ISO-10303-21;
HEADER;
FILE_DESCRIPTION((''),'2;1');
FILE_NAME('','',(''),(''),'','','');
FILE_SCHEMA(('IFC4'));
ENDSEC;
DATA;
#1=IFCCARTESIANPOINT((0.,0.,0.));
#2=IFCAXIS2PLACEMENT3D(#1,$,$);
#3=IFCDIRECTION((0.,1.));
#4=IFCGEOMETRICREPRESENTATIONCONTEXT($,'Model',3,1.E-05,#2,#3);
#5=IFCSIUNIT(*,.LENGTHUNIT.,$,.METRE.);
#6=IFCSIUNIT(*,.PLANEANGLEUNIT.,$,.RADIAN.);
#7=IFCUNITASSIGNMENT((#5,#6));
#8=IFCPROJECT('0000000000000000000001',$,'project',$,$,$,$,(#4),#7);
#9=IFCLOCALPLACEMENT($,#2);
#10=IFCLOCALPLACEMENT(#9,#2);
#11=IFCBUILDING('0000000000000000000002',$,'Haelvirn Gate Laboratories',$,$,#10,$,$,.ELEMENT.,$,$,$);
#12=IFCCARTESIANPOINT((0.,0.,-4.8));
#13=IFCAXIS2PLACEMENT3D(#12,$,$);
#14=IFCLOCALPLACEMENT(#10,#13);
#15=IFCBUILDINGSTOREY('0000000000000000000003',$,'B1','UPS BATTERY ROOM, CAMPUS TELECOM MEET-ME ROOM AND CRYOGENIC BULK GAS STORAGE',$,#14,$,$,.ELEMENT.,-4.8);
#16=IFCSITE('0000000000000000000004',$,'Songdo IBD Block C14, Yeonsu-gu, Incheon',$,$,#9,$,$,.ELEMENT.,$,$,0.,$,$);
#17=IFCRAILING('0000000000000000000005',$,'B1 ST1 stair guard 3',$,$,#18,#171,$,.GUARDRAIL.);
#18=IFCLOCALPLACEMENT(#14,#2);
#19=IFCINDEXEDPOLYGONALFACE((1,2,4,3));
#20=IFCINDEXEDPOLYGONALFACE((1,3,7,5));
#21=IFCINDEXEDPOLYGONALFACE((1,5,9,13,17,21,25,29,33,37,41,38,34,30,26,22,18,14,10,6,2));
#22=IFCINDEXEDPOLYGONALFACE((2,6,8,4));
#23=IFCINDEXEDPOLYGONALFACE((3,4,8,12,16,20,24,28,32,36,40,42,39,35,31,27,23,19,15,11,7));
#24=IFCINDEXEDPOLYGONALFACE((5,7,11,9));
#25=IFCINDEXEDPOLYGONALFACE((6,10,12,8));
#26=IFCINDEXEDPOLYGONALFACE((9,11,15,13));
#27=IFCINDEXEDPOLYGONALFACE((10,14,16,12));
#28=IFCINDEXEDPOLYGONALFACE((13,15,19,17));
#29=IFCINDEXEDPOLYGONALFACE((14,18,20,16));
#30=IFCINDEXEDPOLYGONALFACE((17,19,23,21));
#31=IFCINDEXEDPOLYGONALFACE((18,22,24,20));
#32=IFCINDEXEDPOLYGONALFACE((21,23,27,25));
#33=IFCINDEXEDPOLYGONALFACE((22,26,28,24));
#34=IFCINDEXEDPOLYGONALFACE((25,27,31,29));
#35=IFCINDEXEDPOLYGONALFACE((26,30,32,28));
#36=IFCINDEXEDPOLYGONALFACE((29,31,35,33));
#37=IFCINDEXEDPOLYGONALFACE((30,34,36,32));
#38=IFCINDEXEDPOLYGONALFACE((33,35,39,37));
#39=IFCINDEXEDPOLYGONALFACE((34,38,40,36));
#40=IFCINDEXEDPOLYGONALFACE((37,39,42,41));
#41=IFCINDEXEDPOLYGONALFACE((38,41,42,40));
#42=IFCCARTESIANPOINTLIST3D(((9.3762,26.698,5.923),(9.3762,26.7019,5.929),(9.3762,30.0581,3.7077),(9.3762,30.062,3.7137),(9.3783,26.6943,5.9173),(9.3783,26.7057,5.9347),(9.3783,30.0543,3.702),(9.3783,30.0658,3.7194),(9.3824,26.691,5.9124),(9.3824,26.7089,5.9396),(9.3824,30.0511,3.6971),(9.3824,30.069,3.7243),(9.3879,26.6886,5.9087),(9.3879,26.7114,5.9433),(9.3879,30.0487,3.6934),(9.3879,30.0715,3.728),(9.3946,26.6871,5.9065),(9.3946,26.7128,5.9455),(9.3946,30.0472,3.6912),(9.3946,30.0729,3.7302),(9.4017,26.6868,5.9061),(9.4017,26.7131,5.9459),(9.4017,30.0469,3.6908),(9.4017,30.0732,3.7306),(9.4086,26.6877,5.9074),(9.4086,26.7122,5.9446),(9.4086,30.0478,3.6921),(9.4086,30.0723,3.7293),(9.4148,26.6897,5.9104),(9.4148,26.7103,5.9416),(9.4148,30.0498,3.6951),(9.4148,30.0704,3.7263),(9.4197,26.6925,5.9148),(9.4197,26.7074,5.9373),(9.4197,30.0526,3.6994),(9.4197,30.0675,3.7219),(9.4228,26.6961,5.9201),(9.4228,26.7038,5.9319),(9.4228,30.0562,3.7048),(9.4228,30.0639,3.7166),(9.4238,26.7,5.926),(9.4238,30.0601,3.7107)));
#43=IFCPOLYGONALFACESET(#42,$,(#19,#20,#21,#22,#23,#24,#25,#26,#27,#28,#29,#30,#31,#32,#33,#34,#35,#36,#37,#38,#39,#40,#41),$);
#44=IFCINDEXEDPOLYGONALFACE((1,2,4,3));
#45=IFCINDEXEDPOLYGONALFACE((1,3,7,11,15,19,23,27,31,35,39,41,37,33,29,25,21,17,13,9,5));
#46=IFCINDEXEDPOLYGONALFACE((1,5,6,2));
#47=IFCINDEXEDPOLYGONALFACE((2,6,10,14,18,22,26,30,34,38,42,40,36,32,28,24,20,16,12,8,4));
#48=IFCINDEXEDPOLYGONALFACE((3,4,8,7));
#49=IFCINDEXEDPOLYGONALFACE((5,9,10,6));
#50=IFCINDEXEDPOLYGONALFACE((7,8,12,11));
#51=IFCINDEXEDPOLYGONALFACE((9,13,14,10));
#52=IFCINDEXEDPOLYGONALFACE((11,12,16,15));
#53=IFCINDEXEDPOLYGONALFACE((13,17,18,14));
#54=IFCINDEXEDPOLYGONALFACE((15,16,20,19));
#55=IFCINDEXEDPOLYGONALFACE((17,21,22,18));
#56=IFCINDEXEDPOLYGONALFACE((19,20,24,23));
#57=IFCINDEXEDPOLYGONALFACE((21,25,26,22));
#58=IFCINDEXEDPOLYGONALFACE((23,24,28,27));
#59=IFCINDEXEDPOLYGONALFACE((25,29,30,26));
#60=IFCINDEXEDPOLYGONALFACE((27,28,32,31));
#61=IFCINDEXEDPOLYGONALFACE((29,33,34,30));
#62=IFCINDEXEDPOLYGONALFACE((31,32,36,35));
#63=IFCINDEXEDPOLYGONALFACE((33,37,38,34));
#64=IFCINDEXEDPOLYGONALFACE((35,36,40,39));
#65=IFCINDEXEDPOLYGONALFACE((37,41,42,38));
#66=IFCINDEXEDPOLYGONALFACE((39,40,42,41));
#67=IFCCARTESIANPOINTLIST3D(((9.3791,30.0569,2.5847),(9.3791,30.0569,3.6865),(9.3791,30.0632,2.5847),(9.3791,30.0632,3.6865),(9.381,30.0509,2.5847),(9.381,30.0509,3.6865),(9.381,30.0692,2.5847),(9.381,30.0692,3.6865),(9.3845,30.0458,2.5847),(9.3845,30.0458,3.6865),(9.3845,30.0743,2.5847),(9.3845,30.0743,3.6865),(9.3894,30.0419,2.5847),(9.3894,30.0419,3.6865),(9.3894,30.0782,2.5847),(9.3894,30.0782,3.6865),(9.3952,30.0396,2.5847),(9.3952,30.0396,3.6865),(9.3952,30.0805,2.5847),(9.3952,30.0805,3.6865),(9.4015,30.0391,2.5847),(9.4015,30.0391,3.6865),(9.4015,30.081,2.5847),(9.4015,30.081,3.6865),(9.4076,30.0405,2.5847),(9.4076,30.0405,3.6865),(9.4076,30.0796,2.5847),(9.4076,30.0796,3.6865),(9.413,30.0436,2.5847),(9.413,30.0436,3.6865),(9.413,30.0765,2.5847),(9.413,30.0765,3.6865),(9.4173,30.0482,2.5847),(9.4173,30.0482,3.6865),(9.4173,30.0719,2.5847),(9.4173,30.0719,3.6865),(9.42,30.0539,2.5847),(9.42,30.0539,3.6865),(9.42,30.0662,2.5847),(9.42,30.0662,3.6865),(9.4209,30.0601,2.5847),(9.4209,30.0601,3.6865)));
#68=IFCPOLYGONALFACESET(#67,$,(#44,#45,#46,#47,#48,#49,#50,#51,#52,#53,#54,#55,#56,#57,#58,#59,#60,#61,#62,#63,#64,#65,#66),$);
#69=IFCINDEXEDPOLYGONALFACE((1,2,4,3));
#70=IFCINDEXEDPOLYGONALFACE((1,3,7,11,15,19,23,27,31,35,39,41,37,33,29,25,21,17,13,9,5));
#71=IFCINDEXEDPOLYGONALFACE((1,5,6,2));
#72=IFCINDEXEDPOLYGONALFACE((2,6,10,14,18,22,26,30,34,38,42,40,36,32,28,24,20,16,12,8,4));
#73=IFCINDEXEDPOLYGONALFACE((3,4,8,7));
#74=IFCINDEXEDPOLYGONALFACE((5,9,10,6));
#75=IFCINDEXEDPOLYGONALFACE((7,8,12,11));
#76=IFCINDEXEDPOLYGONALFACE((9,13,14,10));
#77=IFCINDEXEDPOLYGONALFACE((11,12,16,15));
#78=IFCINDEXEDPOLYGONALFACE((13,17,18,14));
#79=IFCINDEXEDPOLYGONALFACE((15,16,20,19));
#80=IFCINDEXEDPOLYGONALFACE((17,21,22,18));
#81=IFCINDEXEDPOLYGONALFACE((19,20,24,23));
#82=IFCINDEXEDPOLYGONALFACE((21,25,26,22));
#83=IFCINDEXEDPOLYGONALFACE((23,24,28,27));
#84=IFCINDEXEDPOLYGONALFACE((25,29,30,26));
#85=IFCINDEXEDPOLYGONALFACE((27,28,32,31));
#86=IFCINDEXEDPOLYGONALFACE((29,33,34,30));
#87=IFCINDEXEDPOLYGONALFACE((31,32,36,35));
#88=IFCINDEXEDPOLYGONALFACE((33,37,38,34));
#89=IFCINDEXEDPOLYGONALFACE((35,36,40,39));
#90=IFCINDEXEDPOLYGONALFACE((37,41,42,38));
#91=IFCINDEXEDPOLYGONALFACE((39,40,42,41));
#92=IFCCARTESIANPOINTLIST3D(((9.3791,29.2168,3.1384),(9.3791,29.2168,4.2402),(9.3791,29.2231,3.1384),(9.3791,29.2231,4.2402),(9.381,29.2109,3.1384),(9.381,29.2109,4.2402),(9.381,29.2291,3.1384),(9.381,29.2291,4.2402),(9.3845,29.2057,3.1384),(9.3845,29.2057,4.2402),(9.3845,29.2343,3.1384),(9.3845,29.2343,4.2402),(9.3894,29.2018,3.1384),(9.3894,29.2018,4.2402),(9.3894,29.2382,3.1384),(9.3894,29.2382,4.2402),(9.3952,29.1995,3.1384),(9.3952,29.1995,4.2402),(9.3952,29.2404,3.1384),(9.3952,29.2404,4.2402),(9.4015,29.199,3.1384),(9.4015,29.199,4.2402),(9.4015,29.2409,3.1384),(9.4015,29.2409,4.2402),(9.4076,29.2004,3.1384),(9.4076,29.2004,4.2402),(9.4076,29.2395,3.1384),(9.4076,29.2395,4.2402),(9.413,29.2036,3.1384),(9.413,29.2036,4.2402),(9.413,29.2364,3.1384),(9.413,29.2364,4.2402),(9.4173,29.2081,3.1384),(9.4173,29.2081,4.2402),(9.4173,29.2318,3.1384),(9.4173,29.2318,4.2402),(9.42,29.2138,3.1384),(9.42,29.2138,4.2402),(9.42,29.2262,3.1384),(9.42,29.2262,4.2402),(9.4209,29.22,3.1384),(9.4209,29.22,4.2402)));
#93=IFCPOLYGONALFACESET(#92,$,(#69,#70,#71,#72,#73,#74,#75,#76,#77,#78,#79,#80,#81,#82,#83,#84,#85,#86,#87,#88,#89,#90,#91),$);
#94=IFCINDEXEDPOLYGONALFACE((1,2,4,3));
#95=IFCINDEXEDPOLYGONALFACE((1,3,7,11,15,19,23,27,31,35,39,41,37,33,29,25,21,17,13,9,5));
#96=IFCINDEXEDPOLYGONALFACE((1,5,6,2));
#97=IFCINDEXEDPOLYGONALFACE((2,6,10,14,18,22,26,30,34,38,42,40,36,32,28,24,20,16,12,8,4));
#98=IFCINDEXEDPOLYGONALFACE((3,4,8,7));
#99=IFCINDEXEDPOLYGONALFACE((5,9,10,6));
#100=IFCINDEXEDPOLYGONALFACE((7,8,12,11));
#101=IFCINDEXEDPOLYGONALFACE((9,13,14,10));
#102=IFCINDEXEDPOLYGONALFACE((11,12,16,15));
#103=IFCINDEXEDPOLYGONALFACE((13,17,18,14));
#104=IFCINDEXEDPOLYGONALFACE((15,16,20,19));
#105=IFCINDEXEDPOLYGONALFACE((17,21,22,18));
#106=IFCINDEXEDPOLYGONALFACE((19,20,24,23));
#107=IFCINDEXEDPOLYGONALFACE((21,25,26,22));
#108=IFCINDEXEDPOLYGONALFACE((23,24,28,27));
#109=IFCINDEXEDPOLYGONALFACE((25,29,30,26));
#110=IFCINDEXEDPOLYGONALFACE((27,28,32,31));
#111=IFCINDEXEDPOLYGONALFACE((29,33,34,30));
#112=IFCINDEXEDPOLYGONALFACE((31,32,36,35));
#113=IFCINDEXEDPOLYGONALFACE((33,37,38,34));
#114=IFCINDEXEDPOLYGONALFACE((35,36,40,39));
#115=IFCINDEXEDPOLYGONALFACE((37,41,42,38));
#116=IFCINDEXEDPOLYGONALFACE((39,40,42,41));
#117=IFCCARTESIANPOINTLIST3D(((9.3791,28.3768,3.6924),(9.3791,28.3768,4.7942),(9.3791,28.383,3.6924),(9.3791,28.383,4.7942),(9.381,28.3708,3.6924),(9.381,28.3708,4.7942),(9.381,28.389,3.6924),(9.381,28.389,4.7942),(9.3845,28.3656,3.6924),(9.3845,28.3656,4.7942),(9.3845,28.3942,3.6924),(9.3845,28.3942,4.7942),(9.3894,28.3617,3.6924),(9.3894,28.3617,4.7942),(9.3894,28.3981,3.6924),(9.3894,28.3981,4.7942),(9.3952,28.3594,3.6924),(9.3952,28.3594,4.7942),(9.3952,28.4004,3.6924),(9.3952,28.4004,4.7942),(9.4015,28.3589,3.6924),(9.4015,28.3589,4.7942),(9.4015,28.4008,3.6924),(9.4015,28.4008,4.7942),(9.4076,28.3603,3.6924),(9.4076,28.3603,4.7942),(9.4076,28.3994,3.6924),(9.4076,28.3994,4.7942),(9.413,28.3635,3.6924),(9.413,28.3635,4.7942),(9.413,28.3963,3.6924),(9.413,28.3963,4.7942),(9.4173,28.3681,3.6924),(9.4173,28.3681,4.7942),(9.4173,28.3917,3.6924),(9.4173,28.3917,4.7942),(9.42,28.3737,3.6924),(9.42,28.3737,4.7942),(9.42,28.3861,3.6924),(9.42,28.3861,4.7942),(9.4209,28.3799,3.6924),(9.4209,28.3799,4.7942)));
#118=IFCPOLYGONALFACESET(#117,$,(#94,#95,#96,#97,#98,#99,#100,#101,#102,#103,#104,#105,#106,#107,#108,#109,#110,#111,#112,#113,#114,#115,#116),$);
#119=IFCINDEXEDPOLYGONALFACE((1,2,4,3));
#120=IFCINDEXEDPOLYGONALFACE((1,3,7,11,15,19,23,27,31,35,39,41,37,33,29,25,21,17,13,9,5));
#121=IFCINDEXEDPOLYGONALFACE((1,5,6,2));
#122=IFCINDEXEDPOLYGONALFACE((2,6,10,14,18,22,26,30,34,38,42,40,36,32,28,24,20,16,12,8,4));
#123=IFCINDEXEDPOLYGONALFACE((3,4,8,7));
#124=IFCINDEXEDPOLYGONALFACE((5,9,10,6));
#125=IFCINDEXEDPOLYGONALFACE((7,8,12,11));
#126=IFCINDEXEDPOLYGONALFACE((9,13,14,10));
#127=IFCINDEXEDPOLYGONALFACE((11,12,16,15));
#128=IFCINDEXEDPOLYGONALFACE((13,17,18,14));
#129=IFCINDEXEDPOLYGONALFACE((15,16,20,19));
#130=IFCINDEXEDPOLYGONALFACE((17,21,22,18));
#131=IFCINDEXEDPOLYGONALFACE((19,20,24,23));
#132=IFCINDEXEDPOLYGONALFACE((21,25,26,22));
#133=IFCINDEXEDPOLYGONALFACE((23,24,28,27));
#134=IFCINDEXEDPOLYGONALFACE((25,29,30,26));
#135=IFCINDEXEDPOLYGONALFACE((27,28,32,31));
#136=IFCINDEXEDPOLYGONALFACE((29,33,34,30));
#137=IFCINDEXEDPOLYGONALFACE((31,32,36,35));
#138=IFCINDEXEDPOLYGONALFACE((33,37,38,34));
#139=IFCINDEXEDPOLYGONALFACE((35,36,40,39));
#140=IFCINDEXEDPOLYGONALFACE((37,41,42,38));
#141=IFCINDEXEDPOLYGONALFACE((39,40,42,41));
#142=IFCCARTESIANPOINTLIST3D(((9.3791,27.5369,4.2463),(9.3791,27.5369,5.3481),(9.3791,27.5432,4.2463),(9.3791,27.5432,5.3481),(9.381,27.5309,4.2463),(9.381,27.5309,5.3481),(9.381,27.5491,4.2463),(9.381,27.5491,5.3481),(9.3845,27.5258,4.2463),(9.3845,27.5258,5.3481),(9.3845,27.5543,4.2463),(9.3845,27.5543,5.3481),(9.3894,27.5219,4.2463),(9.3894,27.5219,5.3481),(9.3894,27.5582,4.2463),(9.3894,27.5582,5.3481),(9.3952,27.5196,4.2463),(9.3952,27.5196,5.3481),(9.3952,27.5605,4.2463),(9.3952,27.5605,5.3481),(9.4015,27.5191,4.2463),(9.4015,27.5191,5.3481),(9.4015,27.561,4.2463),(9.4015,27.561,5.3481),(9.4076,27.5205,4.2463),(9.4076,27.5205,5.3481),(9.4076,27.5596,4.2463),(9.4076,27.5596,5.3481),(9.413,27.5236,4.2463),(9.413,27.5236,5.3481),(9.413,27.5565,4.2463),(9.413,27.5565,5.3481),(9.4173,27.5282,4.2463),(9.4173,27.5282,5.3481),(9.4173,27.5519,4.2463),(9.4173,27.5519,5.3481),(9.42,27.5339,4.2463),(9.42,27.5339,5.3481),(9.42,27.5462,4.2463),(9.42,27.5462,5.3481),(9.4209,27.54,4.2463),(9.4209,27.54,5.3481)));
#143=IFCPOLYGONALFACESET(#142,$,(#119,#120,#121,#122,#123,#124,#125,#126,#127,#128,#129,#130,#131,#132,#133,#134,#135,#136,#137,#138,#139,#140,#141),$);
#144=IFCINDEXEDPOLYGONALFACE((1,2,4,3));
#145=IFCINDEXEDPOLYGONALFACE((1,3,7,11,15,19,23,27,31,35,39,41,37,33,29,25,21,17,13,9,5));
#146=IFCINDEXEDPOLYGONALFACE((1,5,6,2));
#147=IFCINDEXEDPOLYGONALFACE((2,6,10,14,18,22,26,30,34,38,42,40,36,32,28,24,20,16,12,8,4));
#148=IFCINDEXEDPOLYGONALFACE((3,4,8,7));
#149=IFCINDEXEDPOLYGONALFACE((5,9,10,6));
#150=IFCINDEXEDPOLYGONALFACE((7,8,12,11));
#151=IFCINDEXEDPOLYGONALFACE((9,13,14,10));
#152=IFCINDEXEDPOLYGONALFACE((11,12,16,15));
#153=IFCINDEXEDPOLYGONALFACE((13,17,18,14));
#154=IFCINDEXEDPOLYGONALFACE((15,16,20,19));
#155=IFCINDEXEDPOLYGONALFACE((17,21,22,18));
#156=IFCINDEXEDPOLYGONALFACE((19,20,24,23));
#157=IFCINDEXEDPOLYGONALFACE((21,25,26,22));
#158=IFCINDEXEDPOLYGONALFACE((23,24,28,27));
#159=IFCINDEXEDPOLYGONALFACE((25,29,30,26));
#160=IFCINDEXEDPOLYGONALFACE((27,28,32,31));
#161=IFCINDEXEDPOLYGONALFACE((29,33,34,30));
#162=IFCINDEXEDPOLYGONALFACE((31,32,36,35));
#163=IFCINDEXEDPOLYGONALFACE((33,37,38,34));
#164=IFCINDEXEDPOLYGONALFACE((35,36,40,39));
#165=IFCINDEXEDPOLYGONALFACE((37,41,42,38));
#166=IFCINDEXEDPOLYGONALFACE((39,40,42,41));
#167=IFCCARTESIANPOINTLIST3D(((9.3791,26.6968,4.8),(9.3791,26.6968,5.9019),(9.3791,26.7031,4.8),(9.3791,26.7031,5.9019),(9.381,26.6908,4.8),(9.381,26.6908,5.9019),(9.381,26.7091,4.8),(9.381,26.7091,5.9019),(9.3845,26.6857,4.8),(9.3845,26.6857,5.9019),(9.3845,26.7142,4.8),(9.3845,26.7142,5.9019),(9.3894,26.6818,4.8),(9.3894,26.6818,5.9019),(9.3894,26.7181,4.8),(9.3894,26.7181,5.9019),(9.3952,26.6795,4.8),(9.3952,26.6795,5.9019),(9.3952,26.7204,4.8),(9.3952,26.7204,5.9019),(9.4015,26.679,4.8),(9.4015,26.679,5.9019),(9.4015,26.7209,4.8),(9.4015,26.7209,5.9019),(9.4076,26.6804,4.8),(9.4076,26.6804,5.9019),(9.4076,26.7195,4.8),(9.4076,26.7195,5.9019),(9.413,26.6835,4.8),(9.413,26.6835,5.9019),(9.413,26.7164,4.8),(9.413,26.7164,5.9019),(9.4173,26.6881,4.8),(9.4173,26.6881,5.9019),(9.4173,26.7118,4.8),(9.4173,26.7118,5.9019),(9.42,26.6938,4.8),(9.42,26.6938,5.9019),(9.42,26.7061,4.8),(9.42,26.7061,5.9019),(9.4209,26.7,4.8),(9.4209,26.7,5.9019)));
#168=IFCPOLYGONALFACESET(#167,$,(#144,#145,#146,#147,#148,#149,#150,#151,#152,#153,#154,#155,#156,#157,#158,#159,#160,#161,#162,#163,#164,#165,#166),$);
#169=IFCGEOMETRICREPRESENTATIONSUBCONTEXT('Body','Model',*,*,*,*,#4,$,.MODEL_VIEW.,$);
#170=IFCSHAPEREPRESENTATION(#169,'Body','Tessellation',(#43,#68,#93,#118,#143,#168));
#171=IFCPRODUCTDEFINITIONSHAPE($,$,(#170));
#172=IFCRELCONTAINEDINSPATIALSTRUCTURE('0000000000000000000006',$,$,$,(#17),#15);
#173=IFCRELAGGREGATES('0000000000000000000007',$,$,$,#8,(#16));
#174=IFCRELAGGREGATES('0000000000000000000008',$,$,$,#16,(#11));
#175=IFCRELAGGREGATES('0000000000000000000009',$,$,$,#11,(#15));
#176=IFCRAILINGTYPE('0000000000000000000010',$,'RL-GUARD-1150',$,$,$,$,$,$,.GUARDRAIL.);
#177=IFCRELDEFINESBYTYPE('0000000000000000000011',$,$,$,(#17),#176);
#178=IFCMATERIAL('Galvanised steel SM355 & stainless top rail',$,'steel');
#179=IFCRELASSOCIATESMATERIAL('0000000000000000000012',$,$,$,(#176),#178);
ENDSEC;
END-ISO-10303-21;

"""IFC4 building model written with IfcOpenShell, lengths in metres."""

from ifc_helpers import new_model, si_unit, direction, frame, origin, origin_2d, place, context, subcontext, project, spatial, circle, extrude, source, transform, mapped, material, type_object, element, save


model = new_model("IFC4")

# Units and contexts
model_context = context("Model", 3, precision=1e-05, world=origin(), true_north=direction((0.0, 1.0)))
body_context = subcontext(model_context, "Body", "Model", "MODEL_VIEW")
ifc_project = project(units=[si_unit("LENGTHUNIT", "METRE"), si_unit("PLANEANGLEUNIT", "RADIAN")], contexts=[model_context])

# Site, building, storey
site_placement = place(None, origin())
site = spatial("IfcSite", under=ifc_project, at=site_placement, Name="Songdo IBD Block C14, Yeonsu-gu, Incheon", CompositionType="ELEMENT", RefElevation=0.0)
building_placement = place(site_placement, origin())
building = spatial("IfcBuilding", under=site, at=building_placement, Name="Haelvirn Gate Laboratories", CompositionType="ELEMENT")
storey_placement = place(building_placement, frame((0.0, 0.0, -4.8)))
storey = spatial("IfcBuildingStorey", under=building, at=storey_placement, Name="B1", Description="UPS BATTERY ROOM, CAMPUS TELECOM MEET-ME ROOM AND CRYOGENIC BULK GAS STORAGE", CompositionType="ELEMENT", Elevation=-4.8)

# Railing
ifc_material_1 = material(Name="Galvanised steel SM355 & stainless top rail", Category="steel")
railing_type_1 = type_object("IfcRailingType", Name="RL-GUARD-1150", PredefinedType="GUARDRAIL", material=ifc_material_1)
shared_shape_1 = source(origin(), body_context, "Body", "SweptSolid", [
    extrude(circle(Radius=0.0239, at=origin_2d()), frame((0.0, 0.0, 1.126), z_axis=(0.0, -0.834876, 0.550437), x_axis=(1.0, 0.0, 0.0)), (0.0, 0.0, 1.0), 4.0247),
    extrude(circle(Radius=0.021, at=origin_2d()), origin(), (0.0, 0.0, 1.0), 1.1018),
    extrude(circle(Radius=0.021, at=origin_2d()), frame((0.0, -0.8401, 0.5537)), (0.0, 0.0, 1.0), 1.1018),
    extrude(circle(Radius=0.021, at=origin_2d()), frame((0.0, -1.6802, 1.1077)), (0.0, 0.0, 1.0), 1.1018),
    extrude(circle(Radius=0.021, at=origin_2d()), frame((0.0, -2.52, 1.6616)), (0.0, 0.0, 1.0), 1.1018),
    extrude(circle(Radius=0.021, at=origin_2d()), frame((0.0, -3.3601, 2.2153)), (0.0, 0.0, 1.0), 1.1018),
])
railing_1_placement = place(storey_placement, frame((9.3999, 30.0601, 2.5847)))
element("IfcRailing", 1, at=railing_1_placement, inside=storey, type_object=railing_type_1, Name="B1 ST1 stair guard 3", PredefinedType="GUARDRAIL", context=body_context, shape_type="MappedRepresentation", body=[
    mapped(shared_shape_1, transform((0.0, 0.0, 0.0), scale=1.0)),
])

save(model, "model.ifc")
